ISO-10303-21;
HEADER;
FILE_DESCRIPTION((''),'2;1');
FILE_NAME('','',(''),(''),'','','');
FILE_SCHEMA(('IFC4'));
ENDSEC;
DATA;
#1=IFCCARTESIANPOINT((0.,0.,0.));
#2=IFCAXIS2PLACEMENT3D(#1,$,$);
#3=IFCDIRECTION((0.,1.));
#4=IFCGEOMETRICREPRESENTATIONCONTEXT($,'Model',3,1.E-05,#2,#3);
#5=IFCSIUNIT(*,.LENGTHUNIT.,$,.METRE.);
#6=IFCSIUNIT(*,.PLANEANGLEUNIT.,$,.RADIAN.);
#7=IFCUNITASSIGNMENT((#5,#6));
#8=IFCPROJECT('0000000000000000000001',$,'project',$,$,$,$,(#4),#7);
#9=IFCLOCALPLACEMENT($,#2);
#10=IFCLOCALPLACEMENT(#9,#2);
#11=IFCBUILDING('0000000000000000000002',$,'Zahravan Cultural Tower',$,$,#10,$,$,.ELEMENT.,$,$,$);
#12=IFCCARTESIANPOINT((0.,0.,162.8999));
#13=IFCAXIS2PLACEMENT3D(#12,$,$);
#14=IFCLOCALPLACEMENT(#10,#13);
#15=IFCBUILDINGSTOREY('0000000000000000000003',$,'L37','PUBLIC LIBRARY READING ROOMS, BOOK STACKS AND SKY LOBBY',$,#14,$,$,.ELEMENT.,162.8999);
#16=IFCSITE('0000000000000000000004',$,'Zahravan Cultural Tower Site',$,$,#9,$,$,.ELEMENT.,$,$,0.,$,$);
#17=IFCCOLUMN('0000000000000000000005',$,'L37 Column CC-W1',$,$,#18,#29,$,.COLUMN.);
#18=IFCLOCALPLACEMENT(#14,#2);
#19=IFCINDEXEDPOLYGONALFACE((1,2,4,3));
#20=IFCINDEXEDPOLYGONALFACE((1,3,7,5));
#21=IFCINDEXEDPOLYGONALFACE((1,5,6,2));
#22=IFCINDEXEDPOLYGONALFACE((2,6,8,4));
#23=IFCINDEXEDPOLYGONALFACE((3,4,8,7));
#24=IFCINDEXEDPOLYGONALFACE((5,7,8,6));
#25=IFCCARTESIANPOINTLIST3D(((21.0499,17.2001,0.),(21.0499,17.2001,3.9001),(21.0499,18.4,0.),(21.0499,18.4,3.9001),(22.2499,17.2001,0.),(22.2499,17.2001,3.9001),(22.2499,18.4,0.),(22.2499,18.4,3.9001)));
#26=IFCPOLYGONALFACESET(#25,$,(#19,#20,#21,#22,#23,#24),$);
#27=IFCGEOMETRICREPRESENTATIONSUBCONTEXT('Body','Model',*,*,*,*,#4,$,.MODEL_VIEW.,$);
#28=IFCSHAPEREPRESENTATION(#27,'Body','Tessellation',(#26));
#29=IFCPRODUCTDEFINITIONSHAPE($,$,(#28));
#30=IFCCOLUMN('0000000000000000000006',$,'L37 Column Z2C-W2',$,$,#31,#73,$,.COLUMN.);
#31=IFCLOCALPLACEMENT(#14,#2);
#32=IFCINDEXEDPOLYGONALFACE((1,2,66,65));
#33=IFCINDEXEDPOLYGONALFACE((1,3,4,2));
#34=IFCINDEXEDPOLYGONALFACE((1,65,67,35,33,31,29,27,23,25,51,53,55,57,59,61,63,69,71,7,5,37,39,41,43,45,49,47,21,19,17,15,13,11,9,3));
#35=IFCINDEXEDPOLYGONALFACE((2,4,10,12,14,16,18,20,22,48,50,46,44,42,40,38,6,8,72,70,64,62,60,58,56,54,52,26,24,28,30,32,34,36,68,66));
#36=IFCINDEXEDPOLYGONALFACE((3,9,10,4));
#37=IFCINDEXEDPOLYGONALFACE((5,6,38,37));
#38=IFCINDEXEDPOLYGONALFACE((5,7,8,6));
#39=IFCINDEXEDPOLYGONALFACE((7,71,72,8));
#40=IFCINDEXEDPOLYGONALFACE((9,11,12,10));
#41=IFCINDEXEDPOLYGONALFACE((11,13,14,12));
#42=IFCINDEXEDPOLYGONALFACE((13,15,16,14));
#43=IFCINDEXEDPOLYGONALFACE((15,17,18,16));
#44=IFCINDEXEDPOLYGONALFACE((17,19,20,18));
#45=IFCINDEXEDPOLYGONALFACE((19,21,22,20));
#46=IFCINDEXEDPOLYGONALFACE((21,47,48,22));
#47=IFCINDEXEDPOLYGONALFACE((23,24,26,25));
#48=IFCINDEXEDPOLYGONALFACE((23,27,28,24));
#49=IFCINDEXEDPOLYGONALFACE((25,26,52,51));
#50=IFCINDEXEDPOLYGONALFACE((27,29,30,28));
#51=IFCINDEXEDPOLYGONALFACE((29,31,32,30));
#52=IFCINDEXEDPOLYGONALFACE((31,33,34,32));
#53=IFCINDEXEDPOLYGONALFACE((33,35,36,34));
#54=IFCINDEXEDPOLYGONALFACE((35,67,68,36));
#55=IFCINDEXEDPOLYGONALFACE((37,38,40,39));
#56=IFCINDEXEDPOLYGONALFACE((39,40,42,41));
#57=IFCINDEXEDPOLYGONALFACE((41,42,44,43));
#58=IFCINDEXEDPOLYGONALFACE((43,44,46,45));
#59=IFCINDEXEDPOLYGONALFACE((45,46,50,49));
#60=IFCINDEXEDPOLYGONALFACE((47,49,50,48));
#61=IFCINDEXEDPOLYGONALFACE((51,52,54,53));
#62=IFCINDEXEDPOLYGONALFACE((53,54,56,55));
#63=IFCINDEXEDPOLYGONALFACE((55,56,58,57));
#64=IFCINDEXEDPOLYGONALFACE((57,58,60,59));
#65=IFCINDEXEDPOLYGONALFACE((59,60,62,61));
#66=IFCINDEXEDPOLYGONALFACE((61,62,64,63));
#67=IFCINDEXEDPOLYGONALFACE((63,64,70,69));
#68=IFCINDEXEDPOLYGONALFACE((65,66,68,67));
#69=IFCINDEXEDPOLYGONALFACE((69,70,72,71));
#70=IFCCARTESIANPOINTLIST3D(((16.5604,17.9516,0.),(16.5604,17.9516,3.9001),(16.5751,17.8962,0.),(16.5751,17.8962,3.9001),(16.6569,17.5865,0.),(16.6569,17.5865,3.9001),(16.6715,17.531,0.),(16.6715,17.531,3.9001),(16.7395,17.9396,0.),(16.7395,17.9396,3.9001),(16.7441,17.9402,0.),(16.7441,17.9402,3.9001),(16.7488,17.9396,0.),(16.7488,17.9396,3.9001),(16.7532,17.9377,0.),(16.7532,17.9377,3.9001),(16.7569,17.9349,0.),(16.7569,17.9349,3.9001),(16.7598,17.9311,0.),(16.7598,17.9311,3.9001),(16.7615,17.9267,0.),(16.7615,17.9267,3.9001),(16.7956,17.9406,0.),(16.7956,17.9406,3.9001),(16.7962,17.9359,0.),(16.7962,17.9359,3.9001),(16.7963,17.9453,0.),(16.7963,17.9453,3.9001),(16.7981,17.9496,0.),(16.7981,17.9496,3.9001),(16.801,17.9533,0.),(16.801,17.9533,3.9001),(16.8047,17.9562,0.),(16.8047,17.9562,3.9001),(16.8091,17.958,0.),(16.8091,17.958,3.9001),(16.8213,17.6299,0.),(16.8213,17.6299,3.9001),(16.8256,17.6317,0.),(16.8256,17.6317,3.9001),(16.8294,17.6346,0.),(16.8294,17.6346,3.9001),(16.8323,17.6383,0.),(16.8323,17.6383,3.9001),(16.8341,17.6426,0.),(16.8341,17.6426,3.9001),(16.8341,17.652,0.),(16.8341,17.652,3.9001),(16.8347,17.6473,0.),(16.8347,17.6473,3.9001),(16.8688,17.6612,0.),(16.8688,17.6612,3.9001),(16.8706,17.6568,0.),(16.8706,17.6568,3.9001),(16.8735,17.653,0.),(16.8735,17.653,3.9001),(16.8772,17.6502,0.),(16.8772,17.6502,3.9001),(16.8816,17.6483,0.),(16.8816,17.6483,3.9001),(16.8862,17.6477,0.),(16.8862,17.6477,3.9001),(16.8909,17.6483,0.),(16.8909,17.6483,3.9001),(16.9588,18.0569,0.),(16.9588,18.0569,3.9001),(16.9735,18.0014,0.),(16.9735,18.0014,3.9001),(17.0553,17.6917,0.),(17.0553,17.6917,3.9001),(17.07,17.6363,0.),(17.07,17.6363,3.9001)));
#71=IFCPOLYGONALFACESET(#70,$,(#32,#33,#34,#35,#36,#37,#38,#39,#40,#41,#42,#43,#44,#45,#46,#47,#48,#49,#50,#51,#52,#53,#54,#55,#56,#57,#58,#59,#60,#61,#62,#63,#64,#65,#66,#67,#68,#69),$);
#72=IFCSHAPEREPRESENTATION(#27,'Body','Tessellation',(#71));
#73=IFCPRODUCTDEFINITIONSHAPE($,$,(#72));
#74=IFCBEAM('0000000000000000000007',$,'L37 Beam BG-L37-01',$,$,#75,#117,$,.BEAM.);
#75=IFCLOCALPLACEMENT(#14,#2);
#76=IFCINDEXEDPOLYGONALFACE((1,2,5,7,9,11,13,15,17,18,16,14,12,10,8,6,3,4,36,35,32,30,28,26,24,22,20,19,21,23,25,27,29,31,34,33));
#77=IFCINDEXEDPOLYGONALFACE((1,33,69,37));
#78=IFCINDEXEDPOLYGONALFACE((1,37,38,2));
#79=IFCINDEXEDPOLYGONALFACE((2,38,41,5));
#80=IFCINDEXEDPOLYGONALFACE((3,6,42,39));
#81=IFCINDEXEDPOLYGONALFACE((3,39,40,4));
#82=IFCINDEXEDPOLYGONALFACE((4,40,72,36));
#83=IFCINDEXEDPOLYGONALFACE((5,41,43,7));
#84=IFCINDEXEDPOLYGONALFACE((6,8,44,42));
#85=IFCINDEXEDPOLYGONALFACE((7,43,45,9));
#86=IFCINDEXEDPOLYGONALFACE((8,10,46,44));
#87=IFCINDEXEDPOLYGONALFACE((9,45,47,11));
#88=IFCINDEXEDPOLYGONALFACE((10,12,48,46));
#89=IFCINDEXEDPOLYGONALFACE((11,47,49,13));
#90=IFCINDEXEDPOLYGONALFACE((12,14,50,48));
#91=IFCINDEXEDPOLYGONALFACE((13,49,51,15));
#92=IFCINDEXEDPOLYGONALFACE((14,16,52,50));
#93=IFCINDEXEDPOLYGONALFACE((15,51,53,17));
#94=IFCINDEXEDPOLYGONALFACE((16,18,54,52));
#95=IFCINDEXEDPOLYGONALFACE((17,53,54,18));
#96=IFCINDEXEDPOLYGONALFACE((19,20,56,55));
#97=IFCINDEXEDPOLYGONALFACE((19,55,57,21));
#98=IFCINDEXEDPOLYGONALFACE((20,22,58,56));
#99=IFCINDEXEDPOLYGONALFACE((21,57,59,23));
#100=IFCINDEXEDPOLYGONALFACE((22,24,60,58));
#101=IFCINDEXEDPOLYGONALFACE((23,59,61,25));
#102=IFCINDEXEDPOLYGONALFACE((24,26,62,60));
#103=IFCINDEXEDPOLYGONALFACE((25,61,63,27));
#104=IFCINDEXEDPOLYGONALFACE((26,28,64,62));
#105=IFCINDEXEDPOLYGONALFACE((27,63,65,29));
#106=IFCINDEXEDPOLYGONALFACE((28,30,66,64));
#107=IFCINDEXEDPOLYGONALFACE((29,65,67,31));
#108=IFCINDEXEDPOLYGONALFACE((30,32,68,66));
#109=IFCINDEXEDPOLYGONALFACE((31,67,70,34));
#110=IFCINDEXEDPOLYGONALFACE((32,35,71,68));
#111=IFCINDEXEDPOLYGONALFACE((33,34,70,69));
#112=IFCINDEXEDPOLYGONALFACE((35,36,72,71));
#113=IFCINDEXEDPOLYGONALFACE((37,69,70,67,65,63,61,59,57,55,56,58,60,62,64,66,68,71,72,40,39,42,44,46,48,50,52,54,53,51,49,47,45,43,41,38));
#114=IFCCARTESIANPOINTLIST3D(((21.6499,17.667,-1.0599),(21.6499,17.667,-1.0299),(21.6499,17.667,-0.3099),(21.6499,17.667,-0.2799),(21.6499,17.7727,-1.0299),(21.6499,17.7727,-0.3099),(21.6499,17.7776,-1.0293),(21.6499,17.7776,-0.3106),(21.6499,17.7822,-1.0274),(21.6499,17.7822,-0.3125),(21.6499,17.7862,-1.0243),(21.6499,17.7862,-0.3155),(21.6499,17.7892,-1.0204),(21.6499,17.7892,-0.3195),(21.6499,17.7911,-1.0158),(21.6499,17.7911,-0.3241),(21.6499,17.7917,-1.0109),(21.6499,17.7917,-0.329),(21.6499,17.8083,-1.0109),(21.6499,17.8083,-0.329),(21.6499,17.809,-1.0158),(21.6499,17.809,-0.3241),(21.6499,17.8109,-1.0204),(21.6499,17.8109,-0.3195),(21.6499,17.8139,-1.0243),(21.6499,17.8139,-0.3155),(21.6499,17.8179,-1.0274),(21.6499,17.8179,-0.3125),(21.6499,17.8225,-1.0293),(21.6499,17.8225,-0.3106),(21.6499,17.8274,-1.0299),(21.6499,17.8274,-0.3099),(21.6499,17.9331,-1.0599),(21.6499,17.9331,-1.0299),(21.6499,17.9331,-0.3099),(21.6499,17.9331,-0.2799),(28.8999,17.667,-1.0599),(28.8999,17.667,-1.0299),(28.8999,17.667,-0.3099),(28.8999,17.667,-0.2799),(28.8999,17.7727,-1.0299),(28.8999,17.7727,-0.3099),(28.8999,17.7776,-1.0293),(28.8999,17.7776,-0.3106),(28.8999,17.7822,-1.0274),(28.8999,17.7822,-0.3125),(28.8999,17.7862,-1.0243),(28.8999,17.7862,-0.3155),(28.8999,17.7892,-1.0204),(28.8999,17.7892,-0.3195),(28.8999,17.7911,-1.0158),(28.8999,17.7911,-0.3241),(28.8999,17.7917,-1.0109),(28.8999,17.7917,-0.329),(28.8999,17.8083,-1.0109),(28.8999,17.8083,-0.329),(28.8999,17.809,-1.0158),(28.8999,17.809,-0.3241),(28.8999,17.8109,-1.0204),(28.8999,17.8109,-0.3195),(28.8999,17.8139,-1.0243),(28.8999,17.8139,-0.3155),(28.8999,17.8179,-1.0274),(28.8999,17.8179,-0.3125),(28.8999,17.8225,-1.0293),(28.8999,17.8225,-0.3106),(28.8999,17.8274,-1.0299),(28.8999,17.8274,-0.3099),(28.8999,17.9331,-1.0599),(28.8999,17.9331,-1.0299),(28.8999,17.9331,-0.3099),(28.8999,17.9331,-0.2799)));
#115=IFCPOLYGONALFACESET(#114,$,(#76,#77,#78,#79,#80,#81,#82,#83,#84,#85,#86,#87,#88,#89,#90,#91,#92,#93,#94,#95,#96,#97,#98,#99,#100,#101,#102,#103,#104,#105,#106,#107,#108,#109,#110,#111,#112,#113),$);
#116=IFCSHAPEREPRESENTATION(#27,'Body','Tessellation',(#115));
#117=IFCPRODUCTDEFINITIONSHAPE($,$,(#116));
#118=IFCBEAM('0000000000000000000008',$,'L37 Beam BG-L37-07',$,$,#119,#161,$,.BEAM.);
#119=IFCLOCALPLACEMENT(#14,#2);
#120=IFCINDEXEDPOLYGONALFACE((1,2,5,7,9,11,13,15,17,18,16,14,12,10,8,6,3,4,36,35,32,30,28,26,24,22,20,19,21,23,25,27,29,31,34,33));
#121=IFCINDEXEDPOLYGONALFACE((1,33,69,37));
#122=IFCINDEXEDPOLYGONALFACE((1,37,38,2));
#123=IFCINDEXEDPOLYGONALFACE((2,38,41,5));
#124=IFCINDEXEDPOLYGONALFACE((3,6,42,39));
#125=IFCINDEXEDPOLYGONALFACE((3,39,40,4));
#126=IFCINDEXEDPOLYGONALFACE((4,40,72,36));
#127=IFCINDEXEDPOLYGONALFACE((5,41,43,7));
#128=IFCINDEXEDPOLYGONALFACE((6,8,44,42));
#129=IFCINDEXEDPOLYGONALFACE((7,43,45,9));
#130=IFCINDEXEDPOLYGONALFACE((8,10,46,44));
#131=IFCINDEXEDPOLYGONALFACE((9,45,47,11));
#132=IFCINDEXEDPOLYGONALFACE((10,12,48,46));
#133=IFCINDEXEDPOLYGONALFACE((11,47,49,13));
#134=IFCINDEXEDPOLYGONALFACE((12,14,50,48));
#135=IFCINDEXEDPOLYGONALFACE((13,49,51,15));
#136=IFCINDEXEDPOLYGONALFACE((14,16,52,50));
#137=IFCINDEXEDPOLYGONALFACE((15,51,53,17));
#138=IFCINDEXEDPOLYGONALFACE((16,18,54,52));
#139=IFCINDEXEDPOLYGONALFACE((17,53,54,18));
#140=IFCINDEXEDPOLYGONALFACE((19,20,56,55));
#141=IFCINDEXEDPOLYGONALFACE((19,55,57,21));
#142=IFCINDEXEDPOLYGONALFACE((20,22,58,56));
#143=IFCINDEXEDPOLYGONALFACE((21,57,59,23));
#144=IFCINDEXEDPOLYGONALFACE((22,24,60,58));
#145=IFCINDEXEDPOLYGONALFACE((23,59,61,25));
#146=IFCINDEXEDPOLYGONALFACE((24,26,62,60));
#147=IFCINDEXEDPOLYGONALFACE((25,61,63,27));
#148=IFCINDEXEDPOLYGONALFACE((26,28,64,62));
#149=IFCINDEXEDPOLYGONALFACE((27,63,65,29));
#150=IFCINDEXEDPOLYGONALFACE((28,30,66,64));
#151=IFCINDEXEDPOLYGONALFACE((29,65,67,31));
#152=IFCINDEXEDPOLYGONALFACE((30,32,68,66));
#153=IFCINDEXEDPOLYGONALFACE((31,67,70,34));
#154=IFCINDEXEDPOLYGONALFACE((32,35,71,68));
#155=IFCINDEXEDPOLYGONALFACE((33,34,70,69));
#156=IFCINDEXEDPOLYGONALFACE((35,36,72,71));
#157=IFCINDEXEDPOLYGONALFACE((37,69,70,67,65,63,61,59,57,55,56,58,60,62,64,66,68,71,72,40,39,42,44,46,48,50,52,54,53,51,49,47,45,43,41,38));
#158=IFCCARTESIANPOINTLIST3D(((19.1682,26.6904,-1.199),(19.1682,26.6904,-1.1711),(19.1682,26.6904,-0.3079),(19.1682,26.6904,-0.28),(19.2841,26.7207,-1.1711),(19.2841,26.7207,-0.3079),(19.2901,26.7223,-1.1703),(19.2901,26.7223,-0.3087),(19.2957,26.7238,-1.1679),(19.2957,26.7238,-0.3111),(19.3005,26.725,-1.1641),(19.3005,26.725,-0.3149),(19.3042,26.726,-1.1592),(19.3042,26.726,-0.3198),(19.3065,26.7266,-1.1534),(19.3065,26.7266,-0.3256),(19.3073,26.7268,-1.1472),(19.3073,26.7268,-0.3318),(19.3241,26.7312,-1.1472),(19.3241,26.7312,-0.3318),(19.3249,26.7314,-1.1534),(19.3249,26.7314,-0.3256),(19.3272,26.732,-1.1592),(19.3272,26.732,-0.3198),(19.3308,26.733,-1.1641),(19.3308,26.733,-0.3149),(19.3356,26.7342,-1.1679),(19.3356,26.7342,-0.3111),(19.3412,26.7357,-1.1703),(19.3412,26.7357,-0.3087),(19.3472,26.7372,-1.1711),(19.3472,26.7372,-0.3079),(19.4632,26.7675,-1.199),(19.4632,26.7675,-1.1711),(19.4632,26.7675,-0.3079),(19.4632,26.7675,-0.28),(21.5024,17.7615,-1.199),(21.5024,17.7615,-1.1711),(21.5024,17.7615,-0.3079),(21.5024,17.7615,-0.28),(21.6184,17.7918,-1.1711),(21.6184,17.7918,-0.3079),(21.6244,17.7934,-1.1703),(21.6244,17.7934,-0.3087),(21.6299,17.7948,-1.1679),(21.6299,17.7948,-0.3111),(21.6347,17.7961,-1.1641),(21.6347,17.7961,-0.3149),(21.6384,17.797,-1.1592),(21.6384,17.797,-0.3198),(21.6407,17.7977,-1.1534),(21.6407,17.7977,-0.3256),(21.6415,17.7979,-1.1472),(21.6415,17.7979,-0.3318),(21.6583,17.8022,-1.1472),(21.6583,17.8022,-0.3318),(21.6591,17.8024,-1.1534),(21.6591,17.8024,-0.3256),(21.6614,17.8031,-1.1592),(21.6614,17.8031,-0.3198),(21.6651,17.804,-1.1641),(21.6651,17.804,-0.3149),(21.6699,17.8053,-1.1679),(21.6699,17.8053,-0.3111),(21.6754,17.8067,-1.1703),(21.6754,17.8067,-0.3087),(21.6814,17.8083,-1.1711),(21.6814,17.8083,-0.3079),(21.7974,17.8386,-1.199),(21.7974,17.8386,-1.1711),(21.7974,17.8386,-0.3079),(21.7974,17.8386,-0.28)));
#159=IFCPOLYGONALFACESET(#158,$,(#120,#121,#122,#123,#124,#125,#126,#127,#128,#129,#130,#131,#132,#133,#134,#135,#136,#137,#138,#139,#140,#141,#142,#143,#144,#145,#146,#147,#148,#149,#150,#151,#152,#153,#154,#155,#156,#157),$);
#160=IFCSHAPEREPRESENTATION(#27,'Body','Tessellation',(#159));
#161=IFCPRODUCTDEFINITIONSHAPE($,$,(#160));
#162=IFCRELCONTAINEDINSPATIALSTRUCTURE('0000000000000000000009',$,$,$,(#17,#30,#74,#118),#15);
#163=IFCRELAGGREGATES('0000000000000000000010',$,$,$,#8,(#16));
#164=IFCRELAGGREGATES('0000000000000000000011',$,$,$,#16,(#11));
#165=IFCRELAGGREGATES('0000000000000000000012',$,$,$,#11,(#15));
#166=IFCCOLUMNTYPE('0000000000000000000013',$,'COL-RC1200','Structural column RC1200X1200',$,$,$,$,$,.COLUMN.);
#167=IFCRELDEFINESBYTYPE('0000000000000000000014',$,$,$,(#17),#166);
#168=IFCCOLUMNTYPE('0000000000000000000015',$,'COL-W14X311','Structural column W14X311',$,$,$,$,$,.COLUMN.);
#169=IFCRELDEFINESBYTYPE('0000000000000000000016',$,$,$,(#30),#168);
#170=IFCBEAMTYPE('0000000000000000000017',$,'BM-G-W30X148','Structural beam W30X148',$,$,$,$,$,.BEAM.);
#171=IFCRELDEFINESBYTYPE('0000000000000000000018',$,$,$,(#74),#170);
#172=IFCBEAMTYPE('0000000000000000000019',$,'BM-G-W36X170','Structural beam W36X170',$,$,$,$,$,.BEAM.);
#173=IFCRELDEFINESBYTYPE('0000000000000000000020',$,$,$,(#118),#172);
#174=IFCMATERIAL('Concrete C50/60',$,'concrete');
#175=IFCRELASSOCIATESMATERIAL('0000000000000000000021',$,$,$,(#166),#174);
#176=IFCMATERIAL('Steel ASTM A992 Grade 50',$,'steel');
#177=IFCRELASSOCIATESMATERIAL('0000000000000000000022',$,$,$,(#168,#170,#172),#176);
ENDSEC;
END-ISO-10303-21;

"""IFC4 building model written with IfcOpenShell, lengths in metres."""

from ifc_helpers import new_model, si_unit, direction, frame, origin, origin_2d, place, context, subcontext, project, spatial, rectangle, i_section, extrude, source, transform, mapped, material, material_profile, profile_set, type_object, element, save


model = new_model("IFC4")

# Units and contexts
model_context = context("Model", 3, precision=1e-05, world=origin(), true_north=direction((0.0, 1.0)))
body_context = subcontext(model_context, "Body", "Model", "MODEL_VIEW")
ifc_project = project(units=[si_unit("LENGTHUNIT", "METRE"), si_unit("PLANEANGLEUNIT", "RADIAN")], contexts=[model_context])

# Site, building, storey
site_placement = place(None, origin())
site = spatial("IfcSite", under=ifc_project, at=site_placement, Name="Zahravan Cultural Tower Site", CompositionType="ELEMENT", RefElevation=0.0)
building_placement = place(site_placement, origin())
building = spatial("IfcBuilding", under=site, at=building_placement, Name="Zahravan Cultural Tower", CompositionType="ELEMENT")
storey_placement = place(building_placement, frame((0.0, 0.0, 162.8999)))
storey = spatial("IfcBuildingStorey", under=building, at=storey_placement, Name="L37", Description="PUBLIC LIBRARY READING ROOMS, BOOK STACKS AND SKY LOBBY", CompositionType="ELEMENT", Elevation=162.8999)

# Columns
ifc_material_1 = material(Name="Concrete C50/60", Category="concrete")
ifc_material_profile_1 = material_profile(ifc_material_1, rectangle(XDim=1.2, YDim=1.2, at=origin_2d()), Name="RC1200X1200")
ifc_profile_set_1 = profile_set([ifc_material_profile_1], Name="Concrete C50/60")
column_type_1 = type_object("IfcColumnType", Name="COL-RC1200", Description="Structural column RC1200X1200", PredefinedType="COLUMN", material=ifc_profile_set_1)
shared_shape_1 = source(origin(), body_context, "Body", "SweptSolid", [
    extrude(rectangle(XDim=1.2, YDim=1.2, at=origin_2d()), origin(), (0.0, 0.0, 1.0), 3.9001),
])
column_1_placement = place(storey_placement, frame((21.6499, 17.8, 0.0), z_axis=(0.0, 0.0, 1.0), x_axis=(1.0, 0.0, 0.0)))
element("IfcColumn", 1, at=column_1_placement, inside=storey, type_object=column_type_1, Name="L37 Column CC-W1", PredefinedType="COLUMN", context=body_context, shape_type="MappedRepresentation", body=[
    mapped(shared_shape_1, transform((0.0, 0.0, 0.0), x_axis=(1.0, 0.0, 0.0), y_axis=(0.0, 1.0, 0.0), z_axis=(0.0, 0.0, 1.0), scale=1.0)),
])
ifc_material_2 = material(Name="Steel ASTM A992 Grade 50", Category="steel")
ifc_material_profile_2 = material_profile(ifc_material_2, i_section(OverallWidth=0.4121, OverallDepth=0.4351, WebThickness=0.0359, FlangeThickness=0.0574, FilletRadius=0.0181, at=origin_2d()), Name="W14X311")
ifc_profile_set_2 = profile_set([ifc_material_profile_2], Name="Steel ASTM A992 Grade 50")
column_type_2 = type_object("IfcColumnType", Name="COL-W14X311", Description="Structural column W14X311", PredefinedType="COLUMN", material=ifc_profile_set_2)
shared_shape_2 = source(origin(), body_context, "Body", "SweptSolid", [
    extrude(i_section(OverallWidth=0.4121, OverallDepth=0.4351, WebThickness=0.0359, FlangeThickness=0.0574, FilletRadius=0.0181, at=origin_2d()), origin(), (0.0, 0.0, 1.0), 3.9001),
])
column_2_placement = place(storey_placement, frame((16.8152, 17.7939, 0.0), z_axis=(0.0, 0.0, 1.0), x_axis=(0.966823, 0.255446, 0.0)))
element("IfcColumn", 2, at=column_2_placement, inside=storey, type_object=column_type_2, Name="L37 Column Z2C-W2", PredefinedType="COLUMN", context=body_context, shape_type="MappedRepresentation", body=[
    mapped(shared_shape_2, transform((0.0, 0.0, 0.0), x_axis=(1.0, 0.0, 0.0), y_axis=(0.0, 1.0, 0.0), z_axis=(0.0, 0.0, 1.0), scale=1.0)),
])

# Beams
ifc_material_profile_3 = material_profile(ifc_material_2, i_section(OverallWidth=0.2661, OverallDepth=0.78, WebThickness=0.0166, FlangeThickness=0.03, FilletRadius=0.019, at=origin_2d()), Name="W30X148")
ifc_profile_set_3 = profile_set([ifc_material_profile_3], Name="Steel ASTM A992 Grade 50")
beam_type_1 = type_object("IfcBeamType", Name="BM-G-W30X148", Description="Structural beam W30X148", PredefinedType="BEAM", material=ifc_profile_set_3)
shared_shape_3 = source(origin(), body_context, "Body", "SweptSolid", [
    extrude(i_section(OverallWidth=0.2661, OverallDepth=0.78, WebThickness=0.0166, FlangeThickness=0.03, FilletRadius=0.019, at=origin_2d()), origin(), (0.0, 0.0, 1.0), 7.25),
])
beam_1_placement = place(storey_placement, frame((21.6499, 17.8, -0.6699), z_axis=(1.0, 0.0, 0.0), x_axis=(0.0, 1.0, 0.0)))
element("IfcBeam", 3, at=beam_1_placement, inside=storey, type_object=beam_type_1, Name="L37 Beam BG-L37-01", PredefinedType="BEAM", context=body_context, shape_type="MappedRepresentation", body=[
    mapped(shared_shape_3, transform((0.0, 0.0, 0.0), x_axis=(1.0, 0.0, 0.0), y_axis=(0.0, 1.0, 0.0), z_axis=(0.0, 0.0, 1.0), scale=1.0)),
])
ifc_material_profile_4 = material_profile(ifc_material_2, i_section(OverallWidth=0.3049, OverallDepth=0.9189, WebThickness=0.0173, FlangeThickness=0.0278, FilletRadius=0.0239, at=origin_2d()), Name="W36X170")
ifc_profile_set_4 = profile_set([ifc_material_profile_4], Name="Steel ASTM A992 Grade 50")
beam_type_2 = type_object("IfcBeamType", Name="BM-G-W36X170", Description="Structural beam W36X170", PredefinedType="BEAM", material=ifc_profile_set_4)
shared_shape_4 = source(origin(), body_context, "Body", "SweptSolid", [
    extrude(i_section(OverallWidth=0.3049, OverallDepth=0.9189, WebThickness=0.0173, FlangeThickness=0.0278, FilletRadius=0.0239, at=origin_2d()), origin(), (0.0, 0.0, 1.0), 9.229),
])
beam_2_placement = place(storey_placement, frame((21.6499, 17.8, -0.7395), z_axis=(-0.252923, 0.967487, 0.0), x_axis=(-0.967487, -0.252923, 0.0)))
element("IfcBeam", 4, at=beam_2_placement, inside=storey, type_object=beam_type_2, Name="L37 Beam BG-L37-07", PredefinedType="BEAM", context=body_context, shape_type="MappedRepresentation", body=[
    mapped(shared_shape_4, transform((0.0, 0.0, 0.0), x_axis=(1.0, 0.0, 0.0), y_axis=(0.0, 1.0, 0.0), z_axis=(0.0, 0.0, 1.0), scale=1.0)),
])

save(model, "model.ifc")
